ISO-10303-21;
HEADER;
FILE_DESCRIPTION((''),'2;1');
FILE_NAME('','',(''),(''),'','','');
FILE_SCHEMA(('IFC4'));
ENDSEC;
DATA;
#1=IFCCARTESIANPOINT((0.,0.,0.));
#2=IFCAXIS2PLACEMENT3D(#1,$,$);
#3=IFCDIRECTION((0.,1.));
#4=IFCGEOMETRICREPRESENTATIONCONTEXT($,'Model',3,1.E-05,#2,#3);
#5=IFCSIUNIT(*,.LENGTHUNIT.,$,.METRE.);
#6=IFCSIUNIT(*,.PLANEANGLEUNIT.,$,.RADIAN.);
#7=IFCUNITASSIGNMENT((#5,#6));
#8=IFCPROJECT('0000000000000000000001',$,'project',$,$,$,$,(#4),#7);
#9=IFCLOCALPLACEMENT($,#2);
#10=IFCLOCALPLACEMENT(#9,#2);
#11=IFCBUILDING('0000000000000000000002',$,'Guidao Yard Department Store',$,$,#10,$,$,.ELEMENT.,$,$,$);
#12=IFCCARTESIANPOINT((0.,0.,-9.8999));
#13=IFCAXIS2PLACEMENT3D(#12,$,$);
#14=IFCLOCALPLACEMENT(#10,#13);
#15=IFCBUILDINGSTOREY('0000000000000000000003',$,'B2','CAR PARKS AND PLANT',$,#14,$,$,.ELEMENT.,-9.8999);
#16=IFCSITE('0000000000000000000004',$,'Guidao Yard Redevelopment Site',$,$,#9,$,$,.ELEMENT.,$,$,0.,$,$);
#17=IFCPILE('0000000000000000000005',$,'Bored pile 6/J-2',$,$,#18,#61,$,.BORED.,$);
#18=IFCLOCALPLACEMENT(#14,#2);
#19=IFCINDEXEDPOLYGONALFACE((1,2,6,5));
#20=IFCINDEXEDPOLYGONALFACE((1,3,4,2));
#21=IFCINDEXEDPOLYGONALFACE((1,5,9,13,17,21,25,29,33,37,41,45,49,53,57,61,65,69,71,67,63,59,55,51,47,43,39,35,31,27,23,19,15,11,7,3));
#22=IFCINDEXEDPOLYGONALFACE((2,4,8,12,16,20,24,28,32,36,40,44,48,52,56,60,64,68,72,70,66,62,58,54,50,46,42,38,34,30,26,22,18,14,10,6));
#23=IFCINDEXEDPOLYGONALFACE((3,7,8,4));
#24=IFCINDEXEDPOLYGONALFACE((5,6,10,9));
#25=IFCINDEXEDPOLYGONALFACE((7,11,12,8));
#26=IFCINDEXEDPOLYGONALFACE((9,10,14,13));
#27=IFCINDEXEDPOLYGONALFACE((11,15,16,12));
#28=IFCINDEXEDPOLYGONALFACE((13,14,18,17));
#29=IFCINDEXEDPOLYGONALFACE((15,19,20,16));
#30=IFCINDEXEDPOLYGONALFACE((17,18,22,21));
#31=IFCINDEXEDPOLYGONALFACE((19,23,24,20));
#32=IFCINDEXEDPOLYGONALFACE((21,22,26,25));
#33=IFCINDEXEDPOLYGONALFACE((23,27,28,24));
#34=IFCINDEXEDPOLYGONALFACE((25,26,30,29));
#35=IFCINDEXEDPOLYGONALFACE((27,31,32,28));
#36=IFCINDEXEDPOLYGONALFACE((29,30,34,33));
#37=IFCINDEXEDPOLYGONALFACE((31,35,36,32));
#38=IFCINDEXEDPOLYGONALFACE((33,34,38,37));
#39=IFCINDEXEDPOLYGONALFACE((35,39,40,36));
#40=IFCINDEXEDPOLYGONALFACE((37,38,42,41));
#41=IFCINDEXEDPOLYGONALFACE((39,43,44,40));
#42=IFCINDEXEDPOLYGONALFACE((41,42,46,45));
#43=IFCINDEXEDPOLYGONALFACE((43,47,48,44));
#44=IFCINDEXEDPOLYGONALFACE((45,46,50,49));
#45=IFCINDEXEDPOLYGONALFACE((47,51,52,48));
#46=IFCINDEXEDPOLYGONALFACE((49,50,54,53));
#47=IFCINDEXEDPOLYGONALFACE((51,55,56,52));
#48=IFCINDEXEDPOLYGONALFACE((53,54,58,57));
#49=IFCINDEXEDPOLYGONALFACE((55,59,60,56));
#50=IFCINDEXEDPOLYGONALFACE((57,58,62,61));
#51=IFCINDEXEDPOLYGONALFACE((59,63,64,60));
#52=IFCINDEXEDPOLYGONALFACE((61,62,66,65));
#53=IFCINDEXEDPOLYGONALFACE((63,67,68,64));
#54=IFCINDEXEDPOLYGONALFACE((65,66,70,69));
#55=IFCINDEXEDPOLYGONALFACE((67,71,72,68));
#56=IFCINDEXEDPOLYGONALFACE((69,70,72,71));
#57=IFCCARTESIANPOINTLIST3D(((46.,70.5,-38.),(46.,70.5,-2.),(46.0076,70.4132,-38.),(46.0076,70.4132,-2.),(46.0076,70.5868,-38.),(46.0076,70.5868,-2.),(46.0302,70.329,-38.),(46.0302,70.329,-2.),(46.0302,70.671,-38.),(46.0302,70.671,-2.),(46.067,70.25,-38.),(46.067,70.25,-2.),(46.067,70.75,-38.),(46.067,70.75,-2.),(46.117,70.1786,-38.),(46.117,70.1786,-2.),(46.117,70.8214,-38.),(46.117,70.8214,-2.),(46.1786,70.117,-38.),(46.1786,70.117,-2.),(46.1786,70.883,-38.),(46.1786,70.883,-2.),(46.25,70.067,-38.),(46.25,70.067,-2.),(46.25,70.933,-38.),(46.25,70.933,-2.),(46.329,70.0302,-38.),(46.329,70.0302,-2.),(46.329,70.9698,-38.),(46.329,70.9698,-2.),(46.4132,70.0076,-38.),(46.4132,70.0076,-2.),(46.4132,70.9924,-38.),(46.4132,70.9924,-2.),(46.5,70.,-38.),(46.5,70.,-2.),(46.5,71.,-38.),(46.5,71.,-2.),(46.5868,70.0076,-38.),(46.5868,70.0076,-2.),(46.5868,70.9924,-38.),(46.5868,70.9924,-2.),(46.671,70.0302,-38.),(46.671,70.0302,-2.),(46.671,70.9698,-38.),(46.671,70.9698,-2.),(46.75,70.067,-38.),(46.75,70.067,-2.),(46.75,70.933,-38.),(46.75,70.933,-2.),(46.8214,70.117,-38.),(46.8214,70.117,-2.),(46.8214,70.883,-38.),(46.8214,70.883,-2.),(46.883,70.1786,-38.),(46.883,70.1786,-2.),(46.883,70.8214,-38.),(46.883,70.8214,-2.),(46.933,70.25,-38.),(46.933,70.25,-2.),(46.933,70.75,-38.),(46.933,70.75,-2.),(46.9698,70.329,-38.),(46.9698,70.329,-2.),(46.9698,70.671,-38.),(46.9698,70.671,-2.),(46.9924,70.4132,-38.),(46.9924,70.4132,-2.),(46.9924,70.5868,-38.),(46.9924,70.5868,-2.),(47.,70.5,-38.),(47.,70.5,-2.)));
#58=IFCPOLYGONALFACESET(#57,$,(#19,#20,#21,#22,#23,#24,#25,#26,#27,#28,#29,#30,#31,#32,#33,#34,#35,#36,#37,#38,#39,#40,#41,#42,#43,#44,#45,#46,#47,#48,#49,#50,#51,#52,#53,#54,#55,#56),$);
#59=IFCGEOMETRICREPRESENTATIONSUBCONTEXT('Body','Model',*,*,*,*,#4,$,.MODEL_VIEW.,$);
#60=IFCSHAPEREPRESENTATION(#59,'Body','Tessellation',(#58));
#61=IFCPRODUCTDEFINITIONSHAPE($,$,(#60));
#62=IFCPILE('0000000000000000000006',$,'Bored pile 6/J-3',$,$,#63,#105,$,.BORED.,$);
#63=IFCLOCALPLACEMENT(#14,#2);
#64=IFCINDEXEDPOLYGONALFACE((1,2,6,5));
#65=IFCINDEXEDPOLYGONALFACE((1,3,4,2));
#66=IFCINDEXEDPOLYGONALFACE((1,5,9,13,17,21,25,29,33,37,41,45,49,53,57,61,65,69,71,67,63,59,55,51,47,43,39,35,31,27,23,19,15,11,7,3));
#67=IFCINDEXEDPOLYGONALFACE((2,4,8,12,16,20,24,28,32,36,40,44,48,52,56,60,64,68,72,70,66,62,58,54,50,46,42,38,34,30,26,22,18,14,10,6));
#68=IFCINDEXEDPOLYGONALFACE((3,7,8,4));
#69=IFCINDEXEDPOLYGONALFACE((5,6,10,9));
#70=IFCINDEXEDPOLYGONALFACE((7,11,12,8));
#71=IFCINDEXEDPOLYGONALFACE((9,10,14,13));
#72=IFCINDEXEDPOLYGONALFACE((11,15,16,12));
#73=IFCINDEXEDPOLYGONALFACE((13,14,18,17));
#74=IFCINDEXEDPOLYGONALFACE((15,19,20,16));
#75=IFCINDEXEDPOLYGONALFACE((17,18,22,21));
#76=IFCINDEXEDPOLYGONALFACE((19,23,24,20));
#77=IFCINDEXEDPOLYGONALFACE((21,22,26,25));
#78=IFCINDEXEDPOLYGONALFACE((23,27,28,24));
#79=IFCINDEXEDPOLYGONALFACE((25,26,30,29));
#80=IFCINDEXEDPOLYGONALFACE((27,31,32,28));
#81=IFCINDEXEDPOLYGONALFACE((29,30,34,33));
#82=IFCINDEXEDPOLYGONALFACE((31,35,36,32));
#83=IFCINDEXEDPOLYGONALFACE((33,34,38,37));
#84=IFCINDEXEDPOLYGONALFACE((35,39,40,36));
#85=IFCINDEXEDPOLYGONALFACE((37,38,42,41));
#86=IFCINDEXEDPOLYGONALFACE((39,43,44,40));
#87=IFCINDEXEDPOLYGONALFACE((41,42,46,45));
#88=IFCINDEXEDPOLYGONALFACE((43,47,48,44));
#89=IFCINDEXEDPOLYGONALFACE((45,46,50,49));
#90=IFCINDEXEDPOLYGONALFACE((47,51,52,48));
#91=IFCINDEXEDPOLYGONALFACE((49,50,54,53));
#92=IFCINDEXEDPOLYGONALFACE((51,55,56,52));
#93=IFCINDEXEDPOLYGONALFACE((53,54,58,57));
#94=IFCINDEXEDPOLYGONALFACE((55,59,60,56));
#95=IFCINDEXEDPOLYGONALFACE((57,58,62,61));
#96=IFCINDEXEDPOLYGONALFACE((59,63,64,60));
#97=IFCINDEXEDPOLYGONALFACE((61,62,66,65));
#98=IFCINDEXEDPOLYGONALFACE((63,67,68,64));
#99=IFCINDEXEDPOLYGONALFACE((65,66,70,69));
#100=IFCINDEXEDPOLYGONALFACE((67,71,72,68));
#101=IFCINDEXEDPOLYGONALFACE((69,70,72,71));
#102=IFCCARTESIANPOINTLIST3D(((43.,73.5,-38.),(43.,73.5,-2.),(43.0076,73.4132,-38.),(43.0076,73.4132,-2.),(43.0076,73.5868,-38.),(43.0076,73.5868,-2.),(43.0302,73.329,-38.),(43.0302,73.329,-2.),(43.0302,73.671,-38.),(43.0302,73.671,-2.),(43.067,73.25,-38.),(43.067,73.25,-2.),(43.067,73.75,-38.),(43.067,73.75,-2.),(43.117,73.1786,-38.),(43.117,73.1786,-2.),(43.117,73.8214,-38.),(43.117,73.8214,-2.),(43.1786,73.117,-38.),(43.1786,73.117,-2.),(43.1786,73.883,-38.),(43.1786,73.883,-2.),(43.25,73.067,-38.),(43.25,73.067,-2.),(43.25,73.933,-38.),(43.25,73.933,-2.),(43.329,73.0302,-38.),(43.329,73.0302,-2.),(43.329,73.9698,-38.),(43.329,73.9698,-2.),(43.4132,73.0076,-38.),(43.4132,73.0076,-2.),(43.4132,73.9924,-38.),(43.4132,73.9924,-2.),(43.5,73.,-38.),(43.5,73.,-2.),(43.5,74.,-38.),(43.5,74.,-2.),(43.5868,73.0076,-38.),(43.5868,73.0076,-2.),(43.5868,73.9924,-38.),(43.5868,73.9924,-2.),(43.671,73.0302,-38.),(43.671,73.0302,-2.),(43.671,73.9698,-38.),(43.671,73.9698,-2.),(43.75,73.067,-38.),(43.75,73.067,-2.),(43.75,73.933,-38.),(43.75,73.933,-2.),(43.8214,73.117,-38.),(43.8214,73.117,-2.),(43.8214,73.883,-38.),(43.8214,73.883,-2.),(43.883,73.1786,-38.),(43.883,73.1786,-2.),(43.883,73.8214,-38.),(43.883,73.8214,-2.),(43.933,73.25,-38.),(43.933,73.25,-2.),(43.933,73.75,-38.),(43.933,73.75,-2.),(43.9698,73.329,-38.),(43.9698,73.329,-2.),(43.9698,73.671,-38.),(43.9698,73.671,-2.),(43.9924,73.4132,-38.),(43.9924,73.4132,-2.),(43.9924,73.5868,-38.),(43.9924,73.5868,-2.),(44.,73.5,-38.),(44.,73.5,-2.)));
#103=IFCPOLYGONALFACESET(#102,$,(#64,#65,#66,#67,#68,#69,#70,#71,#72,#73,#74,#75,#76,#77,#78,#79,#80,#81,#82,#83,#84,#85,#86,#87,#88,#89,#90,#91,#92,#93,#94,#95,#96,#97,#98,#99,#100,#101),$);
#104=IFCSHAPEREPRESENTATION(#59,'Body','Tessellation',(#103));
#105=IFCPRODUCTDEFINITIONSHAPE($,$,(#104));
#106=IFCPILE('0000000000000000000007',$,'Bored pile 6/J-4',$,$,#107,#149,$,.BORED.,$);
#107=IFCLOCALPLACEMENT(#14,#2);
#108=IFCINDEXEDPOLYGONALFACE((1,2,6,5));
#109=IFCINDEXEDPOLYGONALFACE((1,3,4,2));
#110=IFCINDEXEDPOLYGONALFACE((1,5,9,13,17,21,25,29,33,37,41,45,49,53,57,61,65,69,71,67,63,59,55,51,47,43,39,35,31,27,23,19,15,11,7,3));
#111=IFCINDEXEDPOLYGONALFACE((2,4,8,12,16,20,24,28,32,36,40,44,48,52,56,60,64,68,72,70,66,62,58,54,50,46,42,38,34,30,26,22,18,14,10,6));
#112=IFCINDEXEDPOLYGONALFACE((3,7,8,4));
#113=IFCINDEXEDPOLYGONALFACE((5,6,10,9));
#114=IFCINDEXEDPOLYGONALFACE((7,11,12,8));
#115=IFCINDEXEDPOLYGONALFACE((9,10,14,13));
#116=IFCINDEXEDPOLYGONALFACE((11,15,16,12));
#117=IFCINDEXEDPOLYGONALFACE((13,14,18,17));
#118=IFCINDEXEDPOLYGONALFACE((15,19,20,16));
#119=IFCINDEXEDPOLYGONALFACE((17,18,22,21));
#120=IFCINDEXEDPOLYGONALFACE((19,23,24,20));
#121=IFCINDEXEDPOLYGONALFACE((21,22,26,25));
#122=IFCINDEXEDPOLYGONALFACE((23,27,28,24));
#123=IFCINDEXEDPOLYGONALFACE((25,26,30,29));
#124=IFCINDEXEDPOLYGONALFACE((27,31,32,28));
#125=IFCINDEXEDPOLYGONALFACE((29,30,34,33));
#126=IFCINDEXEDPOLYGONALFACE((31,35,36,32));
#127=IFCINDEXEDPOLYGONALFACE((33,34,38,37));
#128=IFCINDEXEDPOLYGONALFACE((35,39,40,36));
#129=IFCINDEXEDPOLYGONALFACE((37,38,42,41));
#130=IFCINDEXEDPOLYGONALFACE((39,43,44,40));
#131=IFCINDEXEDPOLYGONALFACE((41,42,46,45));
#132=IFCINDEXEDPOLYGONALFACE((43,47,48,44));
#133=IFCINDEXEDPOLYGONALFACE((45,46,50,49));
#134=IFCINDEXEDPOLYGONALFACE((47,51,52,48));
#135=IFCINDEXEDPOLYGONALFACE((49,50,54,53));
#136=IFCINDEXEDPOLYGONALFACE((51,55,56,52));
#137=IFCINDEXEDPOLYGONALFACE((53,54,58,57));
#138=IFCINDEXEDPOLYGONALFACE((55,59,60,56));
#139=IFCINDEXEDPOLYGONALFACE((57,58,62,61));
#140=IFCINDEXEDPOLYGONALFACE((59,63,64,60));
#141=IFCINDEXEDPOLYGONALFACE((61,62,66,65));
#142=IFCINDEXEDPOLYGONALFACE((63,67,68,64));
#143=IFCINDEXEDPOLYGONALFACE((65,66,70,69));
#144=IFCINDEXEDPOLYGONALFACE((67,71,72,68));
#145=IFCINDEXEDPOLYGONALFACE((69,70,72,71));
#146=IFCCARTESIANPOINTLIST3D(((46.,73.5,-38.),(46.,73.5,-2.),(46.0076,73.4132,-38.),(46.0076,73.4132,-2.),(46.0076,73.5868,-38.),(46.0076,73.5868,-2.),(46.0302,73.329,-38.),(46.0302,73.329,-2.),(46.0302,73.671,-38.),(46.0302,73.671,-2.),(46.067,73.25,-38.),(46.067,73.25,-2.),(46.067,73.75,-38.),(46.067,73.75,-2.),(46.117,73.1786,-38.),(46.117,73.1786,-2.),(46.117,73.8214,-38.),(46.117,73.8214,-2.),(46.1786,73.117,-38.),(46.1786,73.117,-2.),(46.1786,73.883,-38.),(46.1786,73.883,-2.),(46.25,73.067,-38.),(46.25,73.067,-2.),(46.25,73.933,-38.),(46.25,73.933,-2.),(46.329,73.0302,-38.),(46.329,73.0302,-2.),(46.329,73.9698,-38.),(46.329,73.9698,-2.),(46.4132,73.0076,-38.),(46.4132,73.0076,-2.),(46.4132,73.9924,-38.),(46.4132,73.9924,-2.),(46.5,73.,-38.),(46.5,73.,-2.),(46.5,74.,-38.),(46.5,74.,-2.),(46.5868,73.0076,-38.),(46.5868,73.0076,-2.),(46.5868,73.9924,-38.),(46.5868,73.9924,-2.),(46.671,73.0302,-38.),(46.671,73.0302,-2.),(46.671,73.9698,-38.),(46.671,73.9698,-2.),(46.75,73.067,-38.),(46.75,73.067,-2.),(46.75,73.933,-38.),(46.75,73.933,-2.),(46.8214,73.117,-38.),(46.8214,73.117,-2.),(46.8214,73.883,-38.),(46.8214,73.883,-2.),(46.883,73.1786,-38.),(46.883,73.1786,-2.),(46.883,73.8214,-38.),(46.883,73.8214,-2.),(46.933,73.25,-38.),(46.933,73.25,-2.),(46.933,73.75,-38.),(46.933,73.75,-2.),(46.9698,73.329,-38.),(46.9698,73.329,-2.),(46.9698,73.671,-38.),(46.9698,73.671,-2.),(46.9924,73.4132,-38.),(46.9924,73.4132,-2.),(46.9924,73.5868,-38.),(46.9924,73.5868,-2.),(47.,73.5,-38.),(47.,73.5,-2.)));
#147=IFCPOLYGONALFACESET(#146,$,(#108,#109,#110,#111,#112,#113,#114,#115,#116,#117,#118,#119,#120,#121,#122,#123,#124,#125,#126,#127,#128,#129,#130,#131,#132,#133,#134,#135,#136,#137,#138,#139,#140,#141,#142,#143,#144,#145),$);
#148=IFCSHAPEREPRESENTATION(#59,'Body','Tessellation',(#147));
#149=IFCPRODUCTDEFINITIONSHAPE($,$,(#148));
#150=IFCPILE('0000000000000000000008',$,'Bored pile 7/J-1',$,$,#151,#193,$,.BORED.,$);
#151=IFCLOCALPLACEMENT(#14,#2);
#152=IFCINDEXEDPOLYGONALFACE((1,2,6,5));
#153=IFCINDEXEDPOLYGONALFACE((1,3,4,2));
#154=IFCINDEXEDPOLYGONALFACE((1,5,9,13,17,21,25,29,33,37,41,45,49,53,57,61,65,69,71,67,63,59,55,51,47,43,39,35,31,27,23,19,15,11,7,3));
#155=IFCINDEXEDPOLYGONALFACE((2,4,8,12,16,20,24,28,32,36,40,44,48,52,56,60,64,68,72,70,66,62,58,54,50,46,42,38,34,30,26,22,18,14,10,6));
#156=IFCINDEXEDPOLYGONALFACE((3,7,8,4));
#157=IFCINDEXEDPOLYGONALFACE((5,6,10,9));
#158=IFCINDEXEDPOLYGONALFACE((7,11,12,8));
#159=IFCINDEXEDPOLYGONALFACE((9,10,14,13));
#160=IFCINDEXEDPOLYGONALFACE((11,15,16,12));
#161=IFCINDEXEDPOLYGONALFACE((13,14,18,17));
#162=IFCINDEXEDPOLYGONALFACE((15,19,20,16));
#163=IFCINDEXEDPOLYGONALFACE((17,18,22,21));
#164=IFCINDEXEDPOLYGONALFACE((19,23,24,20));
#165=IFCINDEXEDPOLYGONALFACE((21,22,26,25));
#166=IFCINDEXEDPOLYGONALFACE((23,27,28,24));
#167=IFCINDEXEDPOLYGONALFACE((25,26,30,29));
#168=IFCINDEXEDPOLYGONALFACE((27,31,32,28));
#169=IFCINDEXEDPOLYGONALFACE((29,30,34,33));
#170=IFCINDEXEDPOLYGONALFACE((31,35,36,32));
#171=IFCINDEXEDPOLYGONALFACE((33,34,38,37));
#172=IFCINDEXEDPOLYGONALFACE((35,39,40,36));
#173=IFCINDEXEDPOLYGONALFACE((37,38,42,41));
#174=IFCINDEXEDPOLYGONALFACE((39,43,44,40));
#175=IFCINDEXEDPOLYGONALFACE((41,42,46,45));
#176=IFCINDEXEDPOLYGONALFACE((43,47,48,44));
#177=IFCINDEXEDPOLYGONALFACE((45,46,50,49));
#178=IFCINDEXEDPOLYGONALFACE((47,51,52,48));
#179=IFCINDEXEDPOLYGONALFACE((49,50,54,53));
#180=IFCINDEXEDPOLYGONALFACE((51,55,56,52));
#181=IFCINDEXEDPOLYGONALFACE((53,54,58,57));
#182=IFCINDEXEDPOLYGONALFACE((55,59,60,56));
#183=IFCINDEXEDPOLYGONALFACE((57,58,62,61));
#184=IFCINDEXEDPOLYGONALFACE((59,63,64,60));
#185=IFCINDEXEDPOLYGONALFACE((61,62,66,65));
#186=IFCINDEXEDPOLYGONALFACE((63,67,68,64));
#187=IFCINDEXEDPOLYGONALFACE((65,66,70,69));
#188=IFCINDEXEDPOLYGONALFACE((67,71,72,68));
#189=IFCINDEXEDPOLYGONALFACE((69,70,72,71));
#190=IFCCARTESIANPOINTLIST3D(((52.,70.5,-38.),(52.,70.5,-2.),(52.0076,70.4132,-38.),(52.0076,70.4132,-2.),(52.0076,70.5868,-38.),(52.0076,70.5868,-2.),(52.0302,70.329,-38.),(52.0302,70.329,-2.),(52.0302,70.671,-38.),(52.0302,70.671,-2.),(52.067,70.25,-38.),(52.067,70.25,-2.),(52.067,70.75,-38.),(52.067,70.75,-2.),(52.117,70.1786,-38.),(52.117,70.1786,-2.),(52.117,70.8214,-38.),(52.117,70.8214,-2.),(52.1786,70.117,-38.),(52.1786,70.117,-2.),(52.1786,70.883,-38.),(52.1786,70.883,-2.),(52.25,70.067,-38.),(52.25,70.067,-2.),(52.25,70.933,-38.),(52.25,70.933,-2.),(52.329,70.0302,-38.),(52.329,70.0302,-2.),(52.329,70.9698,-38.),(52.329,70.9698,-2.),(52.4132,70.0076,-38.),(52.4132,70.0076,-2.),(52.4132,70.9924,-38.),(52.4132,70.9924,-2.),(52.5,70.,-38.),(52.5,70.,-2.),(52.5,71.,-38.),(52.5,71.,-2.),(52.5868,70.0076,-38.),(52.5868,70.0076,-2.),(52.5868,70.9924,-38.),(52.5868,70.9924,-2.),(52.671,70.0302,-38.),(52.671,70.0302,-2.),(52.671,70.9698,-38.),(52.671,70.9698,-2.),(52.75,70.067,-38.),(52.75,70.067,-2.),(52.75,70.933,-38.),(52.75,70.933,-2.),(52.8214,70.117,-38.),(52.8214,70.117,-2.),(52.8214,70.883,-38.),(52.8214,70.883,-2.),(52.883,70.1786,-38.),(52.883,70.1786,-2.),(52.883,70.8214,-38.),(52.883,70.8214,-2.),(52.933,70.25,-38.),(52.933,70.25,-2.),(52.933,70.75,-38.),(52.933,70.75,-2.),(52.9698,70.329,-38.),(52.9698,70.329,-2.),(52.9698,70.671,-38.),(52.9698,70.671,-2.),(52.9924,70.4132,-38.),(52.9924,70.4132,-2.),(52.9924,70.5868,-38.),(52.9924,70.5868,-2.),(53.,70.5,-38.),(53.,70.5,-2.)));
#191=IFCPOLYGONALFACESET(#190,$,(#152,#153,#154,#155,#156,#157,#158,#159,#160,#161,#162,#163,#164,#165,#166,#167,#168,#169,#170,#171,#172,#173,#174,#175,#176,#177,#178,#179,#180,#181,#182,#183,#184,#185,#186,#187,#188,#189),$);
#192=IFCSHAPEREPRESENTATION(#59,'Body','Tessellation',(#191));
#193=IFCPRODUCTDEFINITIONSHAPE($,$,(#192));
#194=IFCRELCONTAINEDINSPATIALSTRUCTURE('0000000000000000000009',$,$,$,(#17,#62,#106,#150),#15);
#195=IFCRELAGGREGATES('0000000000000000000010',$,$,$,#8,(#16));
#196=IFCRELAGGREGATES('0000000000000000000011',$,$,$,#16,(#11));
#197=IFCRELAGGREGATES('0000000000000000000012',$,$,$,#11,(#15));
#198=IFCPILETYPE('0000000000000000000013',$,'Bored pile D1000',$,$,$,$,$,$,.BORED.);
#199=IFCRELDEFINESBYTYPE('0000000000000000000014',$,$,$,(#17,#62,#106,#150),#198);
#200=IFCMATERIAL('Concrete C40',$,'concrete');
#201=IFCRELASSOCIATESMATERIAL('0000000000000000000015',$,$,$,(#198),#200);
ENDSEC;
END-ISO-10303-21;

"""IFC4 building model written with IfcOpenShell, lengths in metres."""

from ifc_helpers import new_model, si_unit, direction, frame, origin, origin_2d, place, context, subcontext, project, spatial, circle, extrude, material, material_profile, profile_set, type_object, element, save


model = new_model("IFC4")

# Units and contexts
model_context = context("Model", 3, precision=1e-05, world=origin(), true_north=direction((0.0, 1.0)))
body_context = subcontext(model_context, "Body", "Model", "MODEL_VIEW")
ifc_project = project(units=[si_unit("LENGTHUNIT", "METRE"), si_unit("PLANEANGLEUNIT", "RADIAN")], contexts=[model_context])

# Site, building, storey
site_placement = place(None, origin())
site = spatial("IfcSite", under=ifc_project, at=site_placement, Name="Guidao Yard Redevelopment Site", CompositionType="ELEMENT", RefElevation=0.0)
building_placement = place(site_placement, origin())
building = spatial("IfcBuilding", under=site, at=building_placement, Name="Guidao Yard Department Store", CompositionType="ELEMENT")
storey_placement = place(building_placement, frame((0.0, 0.0, -9.8999)))
storey = spatial("IfcBuildingStorey", under=building, at=storey_placement, Name="B2", Description="CAR PARKS AND PLANT", CompositionType="ELEMENT", Elevation=-9.8999)

# Piles
ifc_material_1 = material(Name="Concrete C40", Category="concrete")
ifc_material_profile_1 = material_profile(ifc_material_1, circle(Radius=0.5, at=origin_2d()), Name="Bored pile D1000")
ifc_profile_set_1 = profile_set([ifc_material_profile_1], Name="Concrete C40")
pile_type = type_object("IfcPileType", Name="Bored pile D1000", PredefinedType="BORED", material=ifc_profile_set_1)
for number, where, z_axis, x_axis, name in (
    (1, (46.5, 70.5, -2.0), (0.0, 0.0, -1.0), (1.0, 0.0, 0.0), "Bored pile 6/J-2"),
    (2, (43.5, 73.5, -2.0), (0.0, 0.0, -1.0), (1.0, 0.0, 0.0), "Bored pile 6/J-3"),
    (3, (46.5, 73.5, -2.0), (0.0, 0.0, -1.0), (1.0, 0.0, 0.0), "Bored pile 6/J-4"),
    (4, (52.5, 70.5, -2.0), (0.0, 0.0, -1.0), (1.0, 0.0, 0.0), "Bored pile 7/J-1"),
):
    element("IfcPile", number, at=place(storey_placement, frame(where, z_axis=z_axis, x_axis=x_axis)), inside=storey, type_object=pile_type, Name=name, PredefinedType="BORED", context=body_context, shape_type="SweptSolid", body=[
        extrude(circle(Radius=0.5, at=origin_2d()), origin(), (0.0, 0.0, 1.0), 36.0),
    ])

save(model, "model.ifc")
